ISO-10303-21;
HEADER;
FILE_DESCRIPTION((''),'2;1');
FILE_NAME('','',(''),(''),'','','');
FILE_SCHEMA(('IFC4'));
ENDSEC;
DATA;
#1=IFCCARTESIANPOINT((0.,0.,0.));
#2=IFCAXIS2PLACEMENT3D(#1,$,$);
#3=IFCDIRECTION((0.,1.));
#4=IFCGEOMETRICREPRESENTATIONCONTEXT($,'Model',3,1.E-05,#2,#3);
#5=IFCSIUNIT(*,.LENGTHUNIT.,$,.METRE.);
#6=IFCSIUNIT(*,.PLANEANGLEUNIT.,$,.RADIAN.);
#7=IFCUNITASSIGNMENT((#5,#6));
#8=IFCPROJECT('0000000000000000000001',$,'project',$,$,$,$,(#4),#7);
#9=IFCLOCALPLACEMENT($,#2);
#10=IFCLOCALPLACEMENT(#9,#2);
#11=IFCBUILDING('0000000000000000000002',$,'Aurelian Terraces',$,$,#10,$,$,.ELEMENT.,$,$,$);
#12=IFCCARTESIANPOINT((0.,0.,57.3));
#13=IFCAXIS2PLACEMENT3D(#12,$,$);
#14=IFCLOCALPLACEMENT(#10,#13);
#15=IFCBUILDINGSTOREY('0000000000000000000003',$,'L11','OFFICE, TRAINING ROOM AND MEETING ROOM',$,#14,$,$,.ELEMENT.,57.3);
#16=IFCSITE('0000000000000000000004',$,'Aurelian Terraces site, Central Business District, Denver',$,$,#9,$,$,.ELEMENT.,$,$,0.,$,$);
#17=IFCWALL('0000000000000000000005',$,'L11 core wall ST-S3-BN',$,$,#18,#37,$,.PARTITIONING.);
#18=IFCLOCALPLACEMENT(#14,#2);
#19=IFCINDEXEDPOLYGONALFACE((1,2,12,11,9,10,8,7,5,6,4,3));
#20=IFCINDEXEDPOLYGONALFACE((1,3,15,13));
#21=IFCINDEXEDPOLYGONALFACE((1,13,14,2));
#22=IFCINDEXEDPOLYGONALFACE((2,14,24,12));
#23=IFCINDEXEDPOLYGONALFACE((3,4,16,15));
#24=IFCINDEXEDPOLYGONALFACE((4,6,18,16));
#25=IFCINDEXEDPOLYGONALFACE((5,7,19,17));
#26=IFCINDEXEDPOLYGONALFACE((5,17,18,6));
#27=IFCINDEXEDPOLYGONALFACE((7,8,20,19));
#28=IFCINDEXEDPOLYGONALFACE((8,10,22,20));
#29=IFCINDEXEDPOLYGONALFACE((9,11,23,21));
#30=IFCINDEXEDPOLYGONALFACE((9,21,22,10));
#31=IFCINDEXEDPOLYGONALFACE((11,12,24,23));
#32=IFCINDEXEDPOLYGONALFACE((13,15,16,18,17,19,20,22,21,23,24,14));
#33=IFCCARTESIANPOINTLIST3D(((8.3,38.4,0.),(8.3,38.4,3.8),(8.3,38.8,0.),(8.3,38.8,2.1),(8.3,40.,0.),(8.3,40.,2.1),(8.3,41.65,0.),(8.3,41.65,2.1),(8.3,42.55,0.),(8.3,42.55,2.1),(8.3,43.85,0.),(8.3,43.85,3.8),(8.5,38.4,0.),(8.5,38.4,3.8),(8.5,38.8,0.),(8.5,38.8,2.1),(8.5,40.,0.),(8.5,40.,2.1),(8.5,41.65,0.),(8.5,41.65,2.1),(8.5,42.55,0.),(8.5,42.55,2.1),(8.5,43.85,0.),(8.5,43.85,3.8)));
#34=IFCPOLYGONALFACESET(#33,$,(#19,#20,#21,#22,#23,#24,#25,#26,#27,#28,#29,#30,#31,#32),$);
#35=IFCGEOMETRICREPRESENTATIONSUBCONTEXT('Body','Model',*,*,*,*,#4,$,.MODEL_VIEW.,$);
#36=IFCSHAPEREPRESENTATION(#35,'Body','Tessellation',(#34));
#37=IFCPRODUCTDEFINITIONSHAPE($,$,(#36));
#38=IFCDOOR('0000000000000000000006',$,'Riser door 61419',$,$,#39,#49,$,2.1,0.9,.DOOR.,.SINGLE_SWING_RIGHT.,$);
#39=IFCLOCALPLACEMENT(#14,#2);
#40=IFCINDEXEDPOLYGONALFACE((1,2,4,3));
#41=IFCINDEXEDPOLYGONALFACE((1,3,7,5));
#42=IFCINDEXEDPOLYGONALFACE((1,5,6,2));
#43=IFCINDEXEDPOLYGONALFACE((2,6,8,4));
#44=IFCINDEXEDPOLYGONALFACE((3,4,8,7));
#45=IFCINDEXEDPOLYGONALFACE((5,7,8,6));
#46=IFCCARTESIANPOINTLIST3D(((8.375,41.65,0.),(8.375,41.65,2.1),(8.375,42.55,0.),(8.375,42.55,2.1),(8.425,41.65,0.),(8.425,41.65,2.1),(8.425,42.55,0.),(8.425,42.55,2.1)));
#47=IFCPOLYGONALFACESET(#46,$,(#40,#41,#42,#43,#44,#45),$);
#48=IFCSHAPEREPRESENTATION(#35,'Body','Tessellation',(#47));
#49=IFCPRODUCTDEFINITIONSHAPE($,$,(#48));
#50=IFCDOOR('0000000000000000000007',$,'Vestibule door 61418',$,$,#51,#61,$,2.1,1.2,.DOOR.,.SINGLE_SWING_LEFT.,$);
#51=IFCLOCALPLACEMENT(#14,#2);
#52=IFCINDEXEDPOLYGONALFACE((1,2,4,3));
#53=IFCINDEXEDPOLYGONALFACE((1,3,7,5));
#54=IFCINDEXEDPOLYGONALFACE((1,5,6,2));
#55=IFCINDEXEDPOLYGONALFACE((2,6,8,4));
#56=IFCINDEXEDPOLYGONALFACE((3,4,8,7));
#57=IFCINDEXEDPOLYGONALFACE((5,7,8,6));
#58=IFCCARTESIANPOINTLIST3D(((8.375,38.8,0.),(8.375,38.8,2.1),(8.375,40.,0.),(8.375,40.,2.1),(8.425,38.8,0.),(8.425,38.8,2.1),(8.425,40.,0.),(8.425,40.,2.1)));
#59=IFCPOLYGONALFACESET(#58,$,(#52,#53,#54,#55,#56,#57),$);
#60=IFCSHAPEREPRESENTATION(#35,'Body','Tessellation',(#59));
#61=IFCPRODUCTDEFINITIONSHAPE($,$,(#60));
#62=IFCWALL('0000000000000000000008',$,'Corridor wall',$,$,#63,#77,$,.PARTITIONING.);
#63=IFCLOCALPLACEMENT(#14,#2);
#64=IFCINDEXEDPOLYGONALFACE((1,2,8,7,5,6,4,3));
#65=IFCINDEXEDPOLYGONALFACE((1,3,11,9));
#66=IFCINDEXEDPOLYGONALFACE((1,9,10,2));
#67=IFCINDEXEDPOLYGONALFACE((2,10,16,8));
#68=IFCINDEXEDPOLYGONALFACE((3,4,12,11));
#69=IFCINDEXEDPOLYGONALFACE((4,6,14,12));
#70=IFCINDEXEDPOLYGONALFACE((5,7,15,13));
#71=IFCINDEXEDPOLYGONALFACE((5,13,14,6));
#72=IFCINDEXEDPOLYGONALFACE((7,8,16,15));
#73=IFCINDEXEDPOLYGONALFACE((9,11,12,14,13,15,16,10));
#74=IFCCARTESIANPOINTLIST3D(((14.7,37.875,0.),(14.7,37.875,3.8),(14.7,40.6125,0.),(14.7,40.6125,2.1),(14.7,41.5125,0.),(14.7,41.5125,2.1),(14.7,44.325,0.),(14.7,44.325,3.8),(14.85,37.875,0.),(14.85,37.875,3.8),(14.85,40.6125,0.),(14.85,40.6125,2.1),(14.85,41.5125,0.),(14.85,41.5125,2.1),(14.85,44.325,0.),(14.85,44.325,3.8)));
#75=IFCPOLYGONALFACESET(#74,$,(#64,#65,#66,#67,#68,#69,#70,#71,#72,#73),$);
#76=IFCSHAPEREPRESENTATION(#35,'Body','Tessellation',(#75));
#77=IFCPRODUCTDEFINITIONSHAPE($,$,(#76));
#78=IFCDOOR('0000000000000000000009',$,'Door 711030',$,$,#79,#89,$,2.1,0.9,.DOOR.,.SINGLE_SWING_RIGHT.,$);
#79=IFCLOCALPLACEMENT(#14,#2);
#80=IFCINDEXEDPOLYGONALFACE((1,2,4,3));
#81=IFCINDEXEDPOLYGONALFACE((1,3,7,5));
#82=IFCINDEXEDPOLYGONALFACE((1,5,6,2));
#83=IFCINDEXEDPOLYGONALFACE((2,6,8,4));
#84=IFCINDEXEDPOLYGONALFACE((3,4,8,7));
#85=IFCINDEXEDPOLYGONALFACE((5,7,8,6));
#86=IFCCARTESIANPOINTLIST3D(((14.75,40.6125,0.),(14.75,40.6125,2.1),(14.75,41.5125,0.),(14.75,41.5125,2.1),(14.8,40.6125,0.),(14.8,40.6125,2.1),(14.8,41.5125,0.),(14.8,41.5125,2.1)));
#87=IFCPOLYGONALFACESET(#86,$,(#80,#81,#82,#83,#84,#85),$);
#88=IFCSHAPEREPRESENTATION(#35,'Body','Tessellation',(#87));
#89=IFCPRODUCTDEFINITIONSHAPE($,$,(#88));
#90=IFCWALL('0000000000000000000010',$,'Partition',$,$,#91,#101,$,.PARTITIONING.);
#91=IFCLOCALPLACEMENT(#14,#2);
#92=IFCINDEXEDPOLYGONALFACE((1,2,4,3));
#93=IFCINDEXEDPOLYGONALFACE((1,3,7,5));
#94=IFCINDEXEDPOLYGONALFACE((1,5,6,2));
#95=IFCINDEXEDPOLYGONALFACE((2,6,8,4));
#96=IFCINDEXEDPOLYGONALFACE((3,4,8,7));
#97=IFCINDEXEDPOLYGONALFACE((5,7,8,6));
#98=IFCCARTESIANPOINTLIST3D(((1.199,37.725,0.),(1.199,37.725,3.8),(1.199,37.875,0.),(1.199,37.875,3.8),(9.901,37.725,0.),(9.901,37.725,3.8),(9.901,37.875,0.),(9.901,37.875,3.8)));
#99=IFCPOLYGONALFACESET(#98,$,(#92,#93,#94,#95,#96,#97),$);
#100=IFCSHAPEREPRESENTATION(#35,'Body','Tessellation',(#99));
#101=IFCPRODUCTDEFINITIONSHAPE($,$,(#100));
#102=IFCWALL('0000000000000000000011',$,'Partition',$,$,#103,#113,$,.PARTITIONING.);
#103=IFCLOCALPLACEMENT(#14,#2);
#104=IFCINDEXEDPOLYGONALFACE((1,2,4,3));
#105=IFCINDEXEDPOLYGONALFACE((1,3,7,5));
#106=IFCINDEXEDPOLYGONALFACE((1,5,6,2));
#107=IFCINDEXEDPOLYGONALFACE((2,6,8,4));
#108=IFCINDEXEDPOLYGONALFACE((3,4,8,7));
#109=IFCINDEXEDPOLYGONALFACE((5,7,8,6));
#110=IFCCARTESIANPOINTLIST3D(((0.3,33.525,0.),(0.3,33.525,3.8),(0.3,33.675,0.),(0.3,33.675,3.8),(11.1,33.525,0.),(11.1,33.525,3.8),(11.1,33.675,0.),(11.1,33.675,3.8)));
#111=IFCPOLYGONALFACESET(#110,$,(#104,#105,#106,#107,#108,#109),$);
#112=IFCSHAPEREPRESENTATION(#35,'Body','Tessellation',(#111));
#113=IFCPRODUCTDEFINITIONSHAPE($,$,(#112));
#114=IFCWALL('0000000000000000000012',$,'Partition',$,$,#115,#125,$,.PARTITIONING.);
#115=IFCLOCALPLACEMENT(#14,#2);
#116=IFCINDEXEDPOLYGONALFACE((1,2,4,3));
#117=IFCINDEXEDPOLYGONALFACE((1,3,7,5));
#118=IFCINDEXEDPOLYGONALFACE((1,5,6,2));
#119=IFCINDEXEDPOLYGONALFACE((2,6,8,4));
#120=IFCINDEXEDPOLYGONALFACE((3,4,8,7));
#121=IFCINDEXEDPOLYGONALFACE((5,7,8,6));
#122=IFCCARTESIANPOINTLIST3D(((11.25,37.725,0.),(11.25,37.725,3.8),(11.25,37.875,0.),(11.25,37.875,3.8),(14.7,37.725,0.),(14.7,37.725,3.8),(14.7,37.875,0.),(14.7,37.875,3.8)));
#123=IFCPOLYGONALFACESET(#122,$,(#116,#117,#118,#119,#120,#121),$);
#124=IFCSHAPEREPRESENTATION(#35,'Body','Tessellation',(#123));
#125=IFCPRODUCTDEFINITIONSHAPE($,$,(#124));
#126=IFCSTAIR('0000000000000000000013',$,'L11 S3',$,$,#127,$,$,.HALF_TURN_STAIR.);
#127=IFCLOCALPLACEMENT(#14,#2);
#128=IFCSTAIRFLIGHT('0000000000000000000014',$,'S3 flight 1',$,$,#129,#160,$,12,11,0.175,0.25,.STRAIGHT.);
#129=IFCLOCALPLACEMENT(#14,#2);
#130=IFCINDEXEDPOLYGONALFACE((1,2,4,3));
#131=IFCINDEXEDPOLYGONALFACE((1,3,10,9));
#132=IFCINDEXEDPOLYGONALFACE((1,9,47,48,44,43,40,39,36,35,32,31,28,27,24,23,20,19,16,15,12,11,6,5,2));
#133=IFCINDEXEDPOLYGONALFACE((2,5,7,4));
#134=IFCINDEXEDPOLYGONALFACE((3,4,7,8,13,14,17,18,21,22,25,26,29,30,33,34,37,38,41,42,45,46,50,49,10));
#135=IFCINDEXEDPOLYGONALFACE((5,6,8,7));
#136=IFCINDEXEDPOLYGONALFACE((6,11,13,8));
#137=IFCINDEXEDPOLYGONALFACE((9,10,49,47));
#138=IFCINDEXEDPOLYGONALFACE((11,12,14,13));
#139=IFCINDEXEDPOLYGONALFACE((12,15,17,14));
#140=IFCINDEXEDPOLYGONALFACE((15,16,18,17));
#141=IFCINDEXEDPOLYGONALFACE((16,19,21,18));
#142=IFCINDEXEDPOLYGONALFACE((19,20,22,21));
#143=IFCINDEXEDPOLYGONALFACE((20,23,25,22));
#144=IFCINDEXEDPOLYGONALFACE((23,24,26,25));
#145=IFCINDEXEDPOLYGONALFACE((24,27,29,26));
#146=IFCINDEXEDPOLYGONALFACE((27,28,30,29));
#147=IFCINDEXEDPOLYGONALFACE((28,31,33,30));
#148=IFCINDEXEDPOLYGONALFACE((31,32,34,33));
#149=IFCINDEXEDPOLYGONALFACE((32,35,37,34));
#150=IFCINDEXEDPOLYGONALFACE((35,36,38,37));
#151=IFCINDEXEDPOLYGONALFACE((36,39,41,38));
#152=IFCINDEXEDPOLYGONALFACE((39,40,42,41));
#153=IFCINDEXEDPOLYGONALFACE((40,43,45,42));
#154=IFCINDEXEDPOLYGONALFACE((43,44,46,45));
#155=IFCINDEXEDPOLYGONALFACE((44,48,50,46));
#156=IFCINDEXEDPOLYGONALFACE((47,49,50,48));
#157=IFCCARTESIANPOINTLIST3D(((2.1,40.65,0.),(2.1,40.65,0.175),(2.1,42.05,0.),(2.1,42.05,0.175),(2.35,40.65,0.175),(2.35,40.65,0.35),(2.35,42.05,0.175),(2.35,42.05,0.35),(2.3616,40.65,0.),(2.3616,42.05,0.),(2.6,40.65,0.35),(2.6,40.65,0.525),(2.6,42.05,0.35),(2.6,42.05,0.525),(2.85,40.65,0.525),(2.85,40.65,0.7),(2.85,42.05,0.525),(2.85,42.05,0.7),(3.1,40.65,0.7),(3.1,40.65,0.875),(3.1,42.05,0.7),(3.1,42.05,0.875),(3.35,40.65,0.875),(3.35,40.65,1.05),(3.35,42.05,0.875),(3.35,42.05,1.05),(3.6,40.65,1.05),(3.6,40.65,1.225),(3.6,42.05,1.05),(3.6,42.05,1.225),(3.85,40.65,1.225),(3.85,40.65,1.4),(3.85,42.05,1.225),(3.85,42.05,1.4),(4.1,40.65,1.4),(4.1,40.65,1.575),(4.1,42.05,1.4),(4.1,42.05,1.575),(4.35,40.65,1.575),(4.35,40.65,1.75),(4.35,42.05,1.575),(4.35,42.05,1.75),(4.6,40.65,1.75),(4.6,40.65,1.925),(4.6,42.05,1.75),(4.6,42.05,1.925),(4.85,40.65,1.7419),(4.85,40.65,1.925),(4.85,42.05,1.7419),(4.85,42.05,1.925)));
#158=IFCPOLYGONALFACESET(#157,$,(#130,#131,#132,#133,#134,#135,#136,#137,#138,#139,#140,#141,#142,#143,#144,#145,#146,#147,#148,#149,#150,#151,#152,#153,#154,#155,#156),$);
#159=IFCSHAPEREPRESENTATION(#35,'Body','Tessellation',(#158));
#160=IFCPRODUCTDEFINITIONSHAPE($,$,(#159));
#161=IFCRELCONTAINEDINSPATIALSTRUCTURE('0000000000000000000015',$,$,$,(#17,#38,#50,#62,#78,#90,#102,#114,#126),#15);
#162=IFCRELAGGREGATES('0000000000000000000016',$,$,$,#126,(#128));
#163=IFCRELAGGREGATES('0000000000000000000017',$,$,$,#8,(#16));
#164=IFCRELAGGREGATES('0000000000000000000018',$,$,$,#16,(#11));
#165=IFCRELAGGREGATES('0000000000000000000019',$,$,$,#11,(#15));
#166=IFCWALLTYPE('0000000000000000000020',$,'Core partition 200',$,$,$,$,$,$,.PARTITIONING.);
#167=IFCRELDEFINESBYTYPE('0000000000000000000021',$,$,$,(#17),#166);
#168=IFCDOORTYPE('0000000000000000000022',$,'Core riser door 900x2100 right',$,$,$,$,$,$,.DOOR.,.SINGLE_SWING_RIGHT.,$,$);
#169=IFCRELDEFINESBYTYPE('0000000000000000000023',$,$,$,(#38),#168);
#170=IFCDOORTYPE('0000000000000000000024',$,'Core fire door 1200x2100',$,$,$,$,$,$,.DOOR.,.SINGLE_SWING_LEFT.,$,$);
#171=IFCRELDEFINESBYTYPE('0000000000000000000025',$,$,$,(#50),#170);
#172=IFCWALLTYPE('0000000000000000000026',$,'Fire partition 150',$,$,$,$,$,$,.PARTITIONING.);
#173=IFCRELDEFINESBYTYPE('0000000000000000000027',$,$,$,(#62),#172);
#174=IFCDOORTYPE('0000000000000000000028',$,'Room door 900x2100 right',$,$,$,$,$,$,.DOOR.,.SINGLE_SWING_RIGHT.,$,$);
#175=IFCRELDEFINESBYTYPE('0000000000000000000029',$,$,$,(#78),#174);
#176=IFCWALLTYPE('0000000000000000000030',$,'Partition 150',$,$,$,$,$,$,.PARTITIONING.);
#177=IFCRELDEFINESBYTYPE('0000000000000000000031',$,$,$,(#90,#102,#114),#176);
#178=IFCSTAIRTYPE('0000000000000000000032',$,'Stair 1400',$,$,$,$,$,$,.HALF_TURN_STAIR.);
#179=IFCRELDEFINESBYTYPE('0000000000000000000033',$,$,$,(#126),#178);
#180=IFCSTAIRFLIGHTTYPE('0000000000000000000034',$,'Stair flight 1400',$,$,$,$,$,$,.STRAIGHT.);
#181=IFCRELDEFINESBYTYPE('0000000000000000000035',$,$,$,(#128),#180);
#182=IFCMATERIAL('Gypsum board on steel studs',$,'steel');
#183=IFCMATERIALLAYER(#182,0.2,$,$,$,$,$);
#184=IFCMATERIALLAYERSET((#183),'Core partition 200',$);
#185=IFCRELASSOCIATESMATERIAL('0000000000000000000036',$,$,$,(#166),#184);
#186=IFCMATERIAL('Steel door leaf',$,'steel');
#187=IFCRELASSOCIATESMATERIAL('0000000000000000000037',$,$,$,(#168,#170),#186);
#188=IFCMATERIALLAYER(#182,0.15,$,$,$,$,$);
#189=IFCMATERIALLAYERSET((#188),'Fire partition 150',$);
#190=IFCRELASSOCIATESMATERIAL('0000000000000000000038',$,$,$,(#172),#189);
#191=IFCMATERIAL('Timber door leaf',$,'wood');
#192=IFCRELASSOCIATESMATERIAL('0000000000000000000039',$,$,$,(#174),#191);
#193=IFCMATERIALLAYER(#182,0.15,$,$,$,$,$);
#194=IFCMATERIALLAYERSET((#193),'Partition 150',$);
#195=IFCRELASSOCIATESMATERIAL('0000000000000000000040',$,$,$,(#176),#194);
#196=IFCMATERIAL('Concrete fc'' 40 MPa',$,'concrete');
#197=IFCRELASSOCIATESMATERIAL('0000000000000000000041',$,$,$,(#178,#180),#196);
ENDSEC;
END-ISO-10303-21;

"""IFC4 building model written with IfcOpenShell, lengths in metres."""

from ifc_helpers import new_model, si_unit, direction, frame, frame_2d, origin, place, context, subcontext, project, spatial, polyline, rectangle, outline, extrude, source, transform, mapped, material, layer, layer_set, type_object, element, fill, aggregate, save


model = new_model("IFC4")

# Units and contexts
model_context = context("Model", 3, precision=1e-05, world=origin(), true_north=direction((0.0, 1.0)))
body_context = subcontext(model_context, "Body", "Model", "MODEL_VIEW")
ifc_project = project(units=[si_unit("LENGTHUNIT", "METRE"), si_unit("PLANEANGLEUNIT", "RADIAN")], contexts=[model_context])

# Site, building, storey
site_placement = place(None, origin())
site = spatial("IfcSite", under=ifc_project, at=site_placement, Name="Aurelian Terraces site, Central Business District, Denver", CompositionType="ELEMENT", RefElevation=0.0)
building_placement = place(site_placement, origin())
building = spatial("IfcBuilding", under=site, at=building_placement, Name="Aurelian Terraces", CompositionType="ELEMENT")
storey_placement = place(building_placement, frame((0.0, 0.0, 57.3)))
storey = spatial("IfcBuildingStorey", under=building, at=storey_placement, Name="L11", Description="OFFICE, TRAINING ROOM AND MEETING ROOM", CompositionType="ELEMENT", Elevation=57.3)

# Shared definitions
ifc_material_1 = material(Name="Concrete fc' 40 MPa", Category="concrete")
ifc_material_2 = material(Name="Steel door leaf", Category="steel")

# Shared definitions
ifc_material_3 = material(Name="Gypsum board on steel studs", Category="steel")
ifc_layer_1 = layer(ifc_material_3, 0.2)
ifc_layer_set_1 = layer_set([ifc_layer_1], Name="Core partition 200")
wall_type_1 = type_object("IfcWallType", Name="Core partition 200", PredefinedType="PARTITIONING", material=ifc_layer_set_1)

# Wall, openings, doors
shared_shape_1 = source(origin(), body_context, "Body", "SweptSolid", [
    extrude(rectangle(XDim=5.45, YDim=0.2, at=frame_2d((2.725, 0.0))), origin(), (0.0, 0.0, 1.0), 3.8),
])
wall_1_placement = place(storey_placement, frame((8.4, 38.4, 0.0), z_axis=(0.0, 0.0, 1.0), x_axis=(0.0, 1.0, 0.0)))
wall_1 = element("IfcWall", 1, at=wall_1_placement, inside=storey, type_object=wall_type_1, Name="L11 core wall ST-S3-BN", PredefinedType="PARTITIONING", context=body_context, shape_type="MappedRepresentation", body=[
    mapped(shared_shape_1, transform((0.0, 0.0, 0.0), scale=1.0)),
])
shared_shape_2 = source(origin(), body_context, "Body", "SweptSolid", [
    extrude(rectangle(XDim=1.2, YDim=2.1, at=frame_2d((0.6, 1.05))), frame((0.0, 0.11, 0.0), z_axis=(0.0, -1.0, 0.0), x_axis=(1.0, 0.0, 0.0)), (0.0, 0.0, 1.0), 0.22),
])
opening_1_placement = place(wall_1_placement, frame((0.4, 0.0, 0.0)))
opening_1 = element("IfcOpeningElement", 2, at=opening_1_placement, cuts=wall_1, PredefinedType="OPENING", context=body_context, shape_type="MappedRepresentation", body=[
    mapped(shared_shape_2, transform((0.0, 0.0, 0.0), scale=1.0)),
])
shared_shape_3 = source(origin(), body_context, "Body", "SweptSolid", [
    extrude(rectangle(XDim=0.9, YDim=2.1, at=frame_2d((0.45, 1.05))), frame((0.0, 0.11, 0.0), z_axis=(0.0, -1.0, 0.0), x_axis=(1.0, 0.0, 0.0)), (0.0, 0.0, 1.0), 0.22),
])
opening_2_placement = place(wall_1_placement, frame((3.25, 0.0, 0.0)))
opening_2 = element("IfcOpeningElement", 3, at=opening_2_placement, cuts=wall_1, PredefinedType="OPENING", context=body_context, shape_type="MappedRepresentation", body=[
    mapped(shared_shape_3, transform((0.0, 0.0, 0.0), scale=1.0)),
])
door_type_1 = type_object("IfcDoorType", Name="Core riser door 900x2100 right", OperationType="SINGLE_SWING_RIGHT", PredefinedType="DOOR", material=ifc_material_2)
shared_shape_4 = source(origin(), body_context, "Body", "SweptSolid", [
    extrude(rectangle(XDim=0.9, YDim=2.1, at=frame_2d((0.45, 1.05))), frame((0.0, 0.025, 0.0), z_axis=(0.0, -1.0, 0.0), x_axis=(1.0, 0.0, 0.0)), (0.0, 0.0, 1.0), 0.05),
])
door_1_placement = place(opening_2_placement, origin())
door_1 = element("IfcDoor", 4, at=door_1_placement, inside=storey, type_object=door_type_1, Name="Riser door 61419", OperationType="SINGLE_SWING_RIGHT", OverallHeight=2.1, OverallWidth=0.9, PredefinedType="DOOR", context=body_context, shape_type="MappedRepresentation", body=[
    mapped(shared_shape_4, transform((0.0, 0.0, 0.0), scale=1.0)),
])
fill(opening_2, door_1)
door_type_2 = type_object("IfcDoorType", Name="Core fire door 1200x2100", OperationType="SINGLE_SWING_LEFT", PredefinedType="DOOR", material=ifc_material_2)
shared_shape_5 = source(origin(), body_context, "Body", "SweptSolid", [
    extrude(rectangle(XDim=1.2, YDim=2.1, at=frame_2d((0.6, 1.05))), frame((0.0, 0.025, 0.0), z_axis=(0.0, -1.0, 0.0), x_axis=(1.0, 0.0, 0.0)), (0.0, 0.0, 1.0), 0.05),
])
door_2_placement = place(opening_1_placement, origin())
door_2 = element("IfcDoor", 5, at=door_2_placement, inside=storey, type_object=door_type_2, Name="Vestibule door 61418", OperationType="SINGLE_SWING_LEFT", OverallHeight=2.1, OverallWidth=1.2, PredefinedType="DOOR", context=body_context, shape_type="MappedRepresentation", body=[
    mapped(shared_shape_5, transform((0.0, 0.0, 0.0), scale=1.0)),
])
fill(opening_1, door_2)

# Wall, opening, door
ifc_layer_2 = layer(ifc_material_3, 0.15)
ifc_layer_set_2 = layer_set([ifc_layer_2], Name="Fire partition 150")
wall_type_2 = type_object("IfcWallType", Name="Fire partition 150", PredefinedType="PARTITIONING", material=ifc_layer_set_2)
shared_shape_6 = source(origin(), body_context, "Body", "SweptSolid", [
    extrude(rectangle(XDim=6.45, YDim=0.15, at=frame_2d((3.225, 0.0))), origin(), (0.0, 0.0, 1.0), 3.8),
])
wall_2_placement = place(storey_placement, frame((14.775, 37.875, 0.0), z_axis=(0.0, 0.0, 1.0), x_axis=(0.0, 1.0, 0.0)))
wall_2 = element("IfcWall", 6, at=wall_2_placement, inside=storey, type_object=wall_type_2, Name="Corridor wall", PredefinedType="PARTITIONING", context=body_context, shape_type="MappedRepresentation", body=[
    mapped(shared_shape_6, transform((0.0, 0.0, 0.0), scale=1.0)),
])
shared_shape_7 = source(origin(), body_context, "Body", "SweptSolid", [
    extrude(rectangle(XDim=0.9, YDim=2.1, at=frame_2d((0.45, 1.05))), frame((0.0, 0.085, 0.0), z_axis=(0.0, -1.0, 0.0), x_axis=(1.0, 0.0, 0.0)), (0.0, 0.0, 1.0), 0.17),
])
opening_3_placement = place(wall_2_placement, frame((2.7375, 0.0, 0.0)))
opening_3 = element("IfcOpeningElement", 7, at=opening_3_placement, cuts=wall_2, PredefinedType="OPENING", context=body_context, shape_type="MappedRepresentation", body=[
    mapped(shared_shape_7, transform((0.0, 0.0, 0.0), scale=1.0)),
])
ifc_material_4 = material(Name="Timber door leaf", Category="wood")
door_type_3 = type_object("IfcDoorType", Name="Room door 900x2100 right", OperationType="SINGLE_SWING_RIGHT", PredefinedType="DOOR", material=ifc_material_4)
door_3_placement = place(opening_3_placement, origin())
door_3 = element("IfcDoor", 8, at=door_3_placement, inside=storey, type_object=door_type_3, Name="Door 711030", OperationType="SINGLE_SWING_RIGHT", OverallHeight=2.1, OverallWidth=0.9, PredefinedType="DOOR", context=body_context, shape_type="MappedRepresentation", body=[
    mapped(shared_shape_4, transform((0.0, 0.0, 0.0), scale=1.0)),
])
fill(opening_3, door_3)

# Walls
ifc_layer_3 = layer(ifc_material_3, 0.15)
ifc_layer_set_3 = layer_set([ifc_layer_3], Name="Partition 150")
wall_type_3 = type_object("IfcWallType", Name="Partition 150", PredefinedType="PARTITIONING", material=ifc_layer_set_3)
shared_shape_8 = source(origin(), body_context, "Body", "SweptSolid", [
    extrude(rectangle(XDim=8.702, YDim=0.15, at=frame_2d((4.351, 0.0))), origin(), (0.0, 0.0, 1.0), 3.8),
])
wall_3_placement = place(storey_placement, frame((9.901, 37.8, 0.0), z_axis=(0.0, 0.0, 1.0), x_axis=(-1.0, 0.0, 0.0)))
element("IfcWall", 9, at=wall_3_placement, inside=storey, type_object=wall_type_3, Name="Partition", PredefinedType="PARTITIONING", context=body_context, shape_type="MappedRepresentation", body=[
    mapped(shared_shape_8, transform((0.0, 0.0, 0.0), scale=1.0)),
])
shared_shape_9 = source(origin(), body_context, "Body", "SweptSolid", [
    extrude(rectangle(XDim=10.8, YDim=0.15, at=frame_2d((5.4, 0.0))), origin(), (0.0, 0.0, 1.0), 3.8),
])
wall_4_placement = place(storey_placement, frame((11.1, 33.6, 0.0), z_axis=(0.0, 0.0, 1.0), x_axis=(-1.0, 0.0, 0.0)))
element("IfcWall", 10, at=wall_4_placement, inside=storey, type_object=wall_type_3, Name="Partition", PredefinedType="PARTITIONING", context=body_context, shape_type="MappedRepresentation", body=[
    mapped(shared_shape_9, transform((0.0, 0.0, 0.0), scale=1.0)),
])
shared_shape_10 = source(origin(), body_context, "Body", "SweptSolid", [
    extrude(rectangle(XDim=3.45, YDim=0.15, at=frame_2d((1.725, 0.0))), origin(), (0.0, 0.0, 1.0), 3.8),
])
wall_5_placement = place(storey_placement, frame((14.7, 37.8, 0.0), z_axis=(0.0, 0.0, 1.0), x_axis=(-1.0, 0.0, 0.0)))
element("IfcWall", 11, at=wall_5_placement, inside=storey, type_object=wall_type_3, Name="Partition", PredefinedType="PARTITIONING", context=body_context, shape_type="MappedRepresentation", body=[
    mapped(shared_shape_10, transform((0.0, 0.0, 0.0), scale=1.0)),
])

# Stair, stair flight
stair_type = type_object("IfcStairType", Name="Stair 1400", PredefinedType="HALF_TURN_STAIR", material=ifc_material_1)
stair_placement = place(storey_placement, origin())
stair = element("IfcStair", 12, at=stair_placement, inside=storey, type_object=stair_type, Name="L11 S3", PredefinedType="HALF_TURN_STAIR")
stair_flight_type = type_object("IfcStairFlightType", Name="Stair flight 1400", PredefinedType="STRAIGHT", material=ifc_material_1)
shared_shape_11 = source(origin(), body_context, "Body", "SweptSolid", [
    extrude(outline(polyline([(0.0, 0.0), (0.0, 0.175), (0.25, 0.175), (0.25, 0.35), (0.5, 0.35), (0.5, 0.525), (0.75, 0.525), (0.75, 0.7), (1.0, 0.7), (1.0, 0.875), (1.25, 0.875), (1.25, 1.05), (1.5, 1.05), (1.5, 1.225), (1.75, 1.225), (1.75, 1.4), (2.0, 1.4), (2.0, 1.575), (2.25, 1.575), (2.25, 1.75), (2.5, 1.75), (2.5, 1.925), (2.75, 1.925), (2.75, 2.1), (2.75, 1.7419), (0.2616, 0.0), (0.0, 0.0)])), frame((0.0, 0.7, 0.0), z_axis=(0.0, -1.0, 0.0), x_axis=(1.0, 0.0, 0.0)), (0.0, 0.0, 1.0), 1.4),
])
stair_flight_placement = place(storey_placement, frame((2.1, 41.35, 0.0), z_axis=(0.0, 0.0, 1.0), x_axis=(1.0, 0.0, 0.0)))
stair_flight = element("IfcStairFlight", 13, at=stair_flight_placement, type_object=stair_flight_type, Name="S3 flight 1", NumberOfRisers=12, NumberOfTreads=11, PredefinedType="STRAIGHT", RiserHeight=0.175, TreadLength=0.25, context=body_context, shape_type="MappedRepresentation", body=[
    mapped(shared_shape_11, transform((0.0, 0.0, 0.0), scale=1.0)),
])
aggregate(stair, [stair_flight])

save(model, "model.ifc")
